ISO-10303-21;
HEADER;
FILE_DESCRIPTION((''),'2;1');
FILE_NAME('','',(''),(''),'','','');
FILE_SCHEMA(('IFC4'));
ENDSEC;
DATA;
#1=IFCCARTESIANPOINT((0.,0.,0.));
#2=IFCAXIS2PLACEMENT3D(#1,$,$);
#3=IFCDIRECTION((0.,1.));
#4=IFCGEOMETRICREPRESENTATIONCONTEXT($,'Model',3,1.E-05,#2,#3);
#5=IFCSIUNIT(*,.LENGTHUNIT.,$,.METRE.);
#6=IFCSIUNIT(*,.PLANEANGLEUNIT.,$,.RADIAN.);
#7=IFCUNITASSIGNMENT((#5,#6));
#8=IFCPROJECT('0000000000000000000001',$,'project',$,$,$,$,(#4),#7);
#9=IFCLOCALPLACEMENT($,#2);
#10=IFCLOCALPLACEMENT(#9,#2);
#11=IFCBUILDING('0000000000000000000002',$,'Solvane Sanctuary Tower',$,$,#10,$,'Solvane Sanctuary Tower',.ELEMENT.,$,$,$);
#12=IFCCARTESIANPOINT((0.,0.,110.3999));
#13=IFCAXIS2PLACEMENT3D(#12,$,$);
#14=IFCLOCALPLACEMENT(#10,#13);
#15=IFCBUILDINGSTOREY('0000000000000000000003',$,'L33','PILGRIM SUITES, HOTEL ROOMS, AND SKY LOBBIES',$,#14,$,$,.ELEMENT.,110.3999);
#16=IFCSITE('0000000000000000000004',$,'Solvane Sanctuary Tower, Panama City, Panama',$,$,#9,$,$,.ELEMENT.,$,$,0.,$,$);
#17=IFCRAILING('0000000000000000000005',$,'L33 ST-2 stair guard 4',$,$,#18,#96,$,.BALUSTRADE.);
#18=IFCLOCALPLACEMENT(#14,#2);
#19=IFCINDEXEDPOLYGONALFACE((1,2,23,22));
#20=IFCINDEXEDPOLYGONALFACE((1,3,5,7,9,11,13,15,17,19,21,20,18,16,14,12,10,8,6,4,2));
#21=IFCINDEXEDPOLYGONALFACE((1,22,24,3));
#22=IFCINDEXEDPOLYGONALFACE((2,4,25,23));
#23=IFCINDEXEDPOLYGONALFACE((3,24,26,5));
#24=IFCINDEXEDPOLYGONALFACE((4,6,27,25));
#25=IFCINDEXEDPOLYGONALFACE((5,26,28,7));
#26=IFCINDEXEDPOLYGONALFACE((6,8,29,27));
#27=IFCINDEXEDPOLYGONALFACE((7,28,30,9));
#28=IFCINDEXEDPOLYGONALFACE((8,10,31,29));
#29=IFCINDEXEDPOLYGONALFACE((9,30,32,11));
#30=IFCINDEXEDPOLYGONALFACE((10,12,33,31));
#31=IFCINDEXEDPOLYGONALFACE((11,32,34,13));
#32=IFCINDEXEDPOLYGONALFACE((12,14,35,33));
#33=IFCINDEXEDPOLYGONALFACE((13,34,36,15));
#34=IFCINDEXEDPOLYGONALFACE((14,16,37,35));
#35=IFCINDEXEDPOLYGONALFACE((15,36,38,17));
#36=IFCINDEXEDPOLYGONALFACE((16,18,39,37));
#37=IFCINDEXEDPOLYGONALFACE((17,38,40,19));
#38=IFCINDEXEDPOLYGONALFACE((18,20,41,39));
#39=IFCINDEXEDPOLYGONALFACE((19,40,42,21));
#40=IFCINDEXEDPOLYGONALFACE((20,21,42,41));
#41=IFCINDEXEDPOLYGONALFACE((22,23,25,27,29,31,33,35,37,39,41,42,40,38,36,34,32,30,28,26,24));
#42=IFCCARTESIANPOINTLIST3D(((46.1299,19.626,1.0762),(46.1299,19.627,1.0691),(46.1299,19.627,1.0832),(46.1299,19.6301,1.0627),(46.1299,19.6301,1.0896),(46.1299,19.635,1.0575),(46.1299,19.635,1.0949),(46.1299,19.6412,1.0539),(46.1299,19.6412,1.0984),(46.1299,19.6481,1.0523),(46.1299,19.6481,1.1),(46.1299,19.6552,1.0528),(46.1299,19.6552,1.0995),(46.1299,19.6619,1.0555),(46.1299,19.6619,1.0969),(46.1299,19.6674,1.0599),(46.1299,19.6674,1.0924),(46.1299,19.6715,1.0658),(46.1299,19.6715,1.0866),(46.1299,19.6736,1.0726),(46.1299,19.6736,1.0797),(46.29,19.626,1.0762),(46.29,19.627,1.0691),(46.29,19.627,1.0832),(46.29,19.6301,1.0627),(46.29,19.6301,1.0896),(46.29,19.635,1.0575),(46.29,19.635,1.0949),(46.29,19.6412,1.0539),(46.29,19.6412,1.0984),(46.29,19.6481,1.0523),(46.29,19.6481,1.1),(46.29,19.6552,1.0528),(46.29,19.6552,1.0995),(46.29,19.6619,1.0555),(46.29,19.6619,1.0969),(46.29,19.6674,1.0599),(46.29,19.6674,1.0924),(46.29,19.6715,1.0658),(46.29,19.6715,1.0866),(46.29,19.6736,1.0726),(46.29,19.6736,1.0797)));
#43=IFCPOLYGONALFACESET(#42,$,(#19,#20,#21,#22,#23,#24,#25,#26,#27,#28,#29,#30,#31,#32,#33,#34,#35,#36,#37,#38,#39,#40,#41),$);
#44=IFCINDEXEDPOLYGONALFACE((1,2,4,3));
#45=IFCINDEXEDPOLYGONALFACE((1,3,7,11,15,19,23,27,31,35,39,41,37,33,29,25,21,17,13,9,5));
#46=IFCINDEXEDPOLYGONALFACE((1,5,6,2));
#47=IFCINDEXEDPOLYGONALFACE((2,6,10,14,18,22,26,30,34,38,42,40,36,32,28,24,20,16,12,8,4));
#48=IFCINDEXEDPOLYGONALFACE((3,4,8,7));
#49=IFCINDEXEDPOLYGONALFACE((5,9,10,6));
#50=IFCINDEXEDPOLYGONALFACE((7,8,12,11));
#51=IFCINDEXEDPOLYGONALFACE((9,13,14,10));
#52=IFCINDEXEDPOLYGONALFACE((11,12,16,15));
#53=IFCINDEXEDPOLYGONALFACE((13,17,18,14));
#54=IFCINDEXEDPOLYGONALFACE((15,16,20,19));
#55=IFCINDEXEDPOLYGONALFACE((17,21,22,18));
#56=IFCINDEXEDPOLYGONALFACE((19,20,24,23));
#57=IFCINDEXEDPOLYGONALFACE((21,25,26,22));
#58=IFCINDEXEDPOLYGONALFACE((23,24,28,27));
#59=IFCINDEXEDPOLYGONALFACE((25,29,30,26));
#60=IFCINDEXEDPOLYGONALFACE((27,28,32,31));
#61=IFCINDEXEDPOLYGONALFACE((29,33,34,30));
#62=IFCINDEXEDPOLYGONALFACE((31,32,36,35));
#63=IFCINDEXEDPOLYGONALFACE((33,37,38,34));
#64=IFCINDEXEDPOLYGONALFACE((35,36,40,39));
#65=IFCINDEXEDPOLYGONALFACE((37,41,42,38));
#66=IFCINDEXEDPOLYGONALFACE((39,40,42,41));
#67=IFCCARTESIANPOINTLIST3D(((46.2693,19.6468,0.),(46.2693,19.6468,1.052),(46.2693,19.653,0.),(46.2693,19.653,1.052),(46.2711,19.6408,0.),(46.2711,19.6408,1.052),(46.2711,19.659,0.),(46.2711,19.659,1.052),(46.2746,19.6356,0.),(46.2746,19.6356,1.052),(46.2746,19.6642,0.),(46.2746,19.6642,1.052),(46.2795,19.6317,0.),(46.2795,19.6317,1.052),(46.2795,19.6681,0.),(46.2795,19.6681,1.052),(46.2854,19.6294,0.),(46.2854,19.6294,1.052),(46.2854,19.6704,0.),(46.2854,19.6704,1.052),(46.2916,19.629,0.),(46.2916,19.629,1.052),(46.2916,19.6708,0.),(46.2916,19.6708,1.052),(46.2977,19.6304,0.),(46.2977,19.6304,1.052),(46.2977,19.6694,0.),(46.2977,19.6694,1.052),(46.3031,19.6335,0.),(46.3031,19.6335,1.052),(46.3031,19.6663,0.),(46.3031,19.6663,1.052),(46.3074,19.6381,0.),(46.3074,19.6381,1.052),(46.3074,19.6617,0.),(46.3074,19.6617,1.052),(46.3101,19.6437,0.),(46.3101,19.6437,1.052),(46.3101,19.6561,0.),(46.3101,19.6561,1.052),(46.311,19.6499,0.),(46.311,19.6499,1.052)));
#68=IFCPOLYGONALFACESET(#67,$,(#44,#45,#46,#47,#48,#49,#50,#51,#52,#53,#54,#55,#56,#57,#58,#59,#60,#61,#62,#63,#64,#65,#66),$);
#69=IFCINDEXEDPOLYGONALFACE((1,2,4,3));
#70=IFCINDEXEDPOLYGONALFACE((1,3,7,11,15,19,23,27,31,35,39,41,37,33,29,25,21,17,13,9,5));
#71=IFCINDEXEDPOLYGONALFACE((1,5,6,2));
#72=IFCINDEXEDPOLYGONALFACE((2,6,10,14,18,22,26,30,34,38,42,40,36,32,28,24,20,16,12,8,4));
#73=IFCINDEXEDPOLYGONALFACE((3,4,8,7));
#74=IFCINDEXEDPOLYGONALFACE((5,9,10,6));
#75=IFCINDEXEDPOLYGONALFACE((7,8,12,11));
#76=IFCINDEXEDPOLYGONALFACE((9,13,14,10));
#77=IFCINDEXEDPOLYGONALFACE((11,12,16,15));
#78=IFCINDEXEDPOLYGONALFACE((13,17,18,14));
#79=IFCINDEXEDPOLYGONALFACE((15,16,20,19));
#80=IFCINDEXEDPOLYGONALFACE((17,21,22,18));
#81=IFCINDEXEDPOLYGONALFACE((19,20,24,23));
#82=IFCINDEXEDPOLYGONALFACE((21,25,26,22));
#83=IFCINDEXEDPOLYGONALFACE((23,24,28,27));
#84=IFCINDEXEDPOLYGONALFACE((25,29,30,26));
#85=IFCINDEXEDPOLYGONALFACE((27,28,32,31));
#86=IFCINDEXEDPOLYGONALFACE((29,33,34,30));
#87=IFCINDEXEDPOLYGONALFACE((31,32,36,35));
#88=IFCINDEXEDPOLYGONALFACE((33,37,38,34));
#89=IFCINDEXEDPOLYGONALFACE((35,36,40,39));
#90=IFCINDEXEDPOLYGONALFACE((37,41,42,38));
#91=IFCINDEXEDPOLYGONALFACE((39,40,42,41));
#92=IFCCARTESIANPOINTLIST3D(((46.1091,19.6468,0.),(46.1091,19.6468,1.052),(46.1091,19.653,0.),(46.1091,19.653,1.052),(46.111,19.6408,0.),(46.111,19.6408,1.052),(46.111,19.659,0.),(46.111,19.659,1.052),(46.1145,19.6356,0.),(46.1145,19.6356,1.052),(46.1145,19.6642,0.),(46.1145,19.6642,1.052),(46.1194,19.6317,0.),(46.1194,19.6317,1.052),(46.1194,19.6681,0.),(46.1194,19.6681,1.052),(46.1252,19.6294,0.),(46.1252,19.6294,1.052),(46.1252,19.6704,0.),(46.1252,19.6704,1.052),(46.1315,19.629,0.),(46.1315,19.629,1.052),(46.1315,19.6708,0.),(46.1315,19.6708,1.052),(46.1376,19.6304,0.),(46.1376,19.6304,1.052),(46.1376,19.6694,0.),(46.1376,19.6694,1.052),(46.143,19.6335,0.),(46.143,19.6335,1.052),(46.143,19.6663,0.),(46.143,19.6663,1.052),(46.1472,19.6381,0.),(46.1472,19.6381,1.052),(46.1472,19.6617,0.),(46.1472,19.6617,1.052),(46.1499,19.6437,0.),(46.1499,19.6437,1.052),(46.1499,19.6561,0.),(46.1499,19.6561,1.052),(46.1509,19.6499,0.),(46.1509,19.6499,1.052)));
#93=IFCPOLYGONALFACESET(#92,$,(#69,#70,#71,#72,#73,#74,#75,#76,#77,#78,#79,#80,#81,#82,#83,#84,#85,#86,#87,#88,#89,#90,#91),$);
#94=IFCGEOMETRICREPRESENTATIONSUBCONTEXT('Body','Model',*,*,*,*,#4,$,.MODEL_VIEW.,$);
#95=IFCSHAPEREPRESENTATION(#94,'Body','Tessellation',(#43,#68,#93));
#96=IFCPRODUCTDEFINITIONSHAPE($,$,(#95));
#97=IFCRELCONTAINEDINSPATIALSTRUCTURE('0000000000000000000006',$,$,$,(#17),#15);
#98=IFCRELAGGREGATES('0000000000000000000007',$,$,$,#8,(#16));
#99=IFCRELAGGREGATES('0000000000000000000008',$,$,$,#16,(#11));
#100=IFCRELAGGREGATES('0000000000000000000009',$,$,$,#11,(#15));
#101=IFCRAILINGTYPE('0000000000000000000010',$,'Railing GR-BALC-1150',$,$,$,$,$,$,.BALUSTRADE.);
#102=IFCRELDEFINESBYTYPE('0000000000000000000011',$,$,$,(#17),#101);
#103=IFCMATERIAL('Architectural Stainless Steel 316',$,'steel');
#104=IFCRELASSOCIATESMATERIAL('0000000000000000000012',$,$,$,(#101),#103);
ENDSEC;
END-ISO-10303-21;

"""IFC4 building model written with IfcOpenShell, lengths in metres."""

from ifc_helpers import new_model, si_unit, direction, frame, origin, origin_2d, place, context, subcontext, project, spatial, circle, extrude, material, type_object, element, save


model = new_model("IFC4")

# Units and contexts
model_context = context("Model", 3, precision=1e-05, world=origin(), true_north=direction((0.0, 1.0)))
body_context = subcontext(model_context, "Body", "Model", "MODEL_VIEW")
ifc_project = project(units=[si_unit("LENGTHUNIT", "METRE"), si_unit("PLANEANGLEUNIT", "RADIAN")], contexts=[model_context])

# Site, building, storey
site_placement = place(None, origin())
site = spatial("IfcSite", under=ifc_project, at=site_placement, Name="Solvane Sanctuary Tower, Panama City, Panama", CompositionType="ELEMENT", RefElevation=0.0)
building_placement = place(site_placement, origin())
building = spatial("IfcBuilding", under=site, at=building_placement, Name="Solvane Sanctuary Tower", LongName="Solvane Sanctuary Tower", CompositionType="ELEMENT")
storey_placement = place(building_placement, frame((0.0, 0.0, 110.3999)))
storey = spatial("IfcBuildingStorey", under=building, at=storey_placement, Name="L33", Description="PILGRIM SUITES, HOTEL ROOMS, AND SKY LOBBIES", CompositionType="ELEMENT", Elevation=110.3999)

# Shared definitions
ifc_material_1 = material(Name="Architectural Stainless Steel 316", Category="steel")

# Railing
railing_type_1 = type_object("IfcRailingType", Name="Railing GR-BALC-1150", PredefinedType="BALUSTRADE", material=ifc_material_1)
railing_1_placement = place(storey_placement, frame((46.29, 19.6499, 0.0)))
element("IfcRailing", 1, at=railing_1_placement, inside=storey, type_object=railing_type_1, Name="L33 ST-2 stair guard 4", PredefinedType="BALUSTRADE", context=body_context, shape_type="SweptSolid", body=[
    extrude(circle(Radius=0.0239, at=origin_2d()), frame((0.0, 0.0, 1.0762), z_axis=(-1.0, 0.0, 0.0), x_axis=(0.0, -1.0, 0.0)), (0.0, 0.0, 1.0), 0.1602),
    extrude(circle(Radius=0.021, at=origin_2d()), origin(), (0.0, 0.0, 1.0), 1.052),
    extrude(circle(Radius=0.021, at=origin_2d()), frame((-0.1602, 0.0, 0.0)), (0.0, 0.0, 1.0), 1.052),
])

save(model, "model.ifc")
